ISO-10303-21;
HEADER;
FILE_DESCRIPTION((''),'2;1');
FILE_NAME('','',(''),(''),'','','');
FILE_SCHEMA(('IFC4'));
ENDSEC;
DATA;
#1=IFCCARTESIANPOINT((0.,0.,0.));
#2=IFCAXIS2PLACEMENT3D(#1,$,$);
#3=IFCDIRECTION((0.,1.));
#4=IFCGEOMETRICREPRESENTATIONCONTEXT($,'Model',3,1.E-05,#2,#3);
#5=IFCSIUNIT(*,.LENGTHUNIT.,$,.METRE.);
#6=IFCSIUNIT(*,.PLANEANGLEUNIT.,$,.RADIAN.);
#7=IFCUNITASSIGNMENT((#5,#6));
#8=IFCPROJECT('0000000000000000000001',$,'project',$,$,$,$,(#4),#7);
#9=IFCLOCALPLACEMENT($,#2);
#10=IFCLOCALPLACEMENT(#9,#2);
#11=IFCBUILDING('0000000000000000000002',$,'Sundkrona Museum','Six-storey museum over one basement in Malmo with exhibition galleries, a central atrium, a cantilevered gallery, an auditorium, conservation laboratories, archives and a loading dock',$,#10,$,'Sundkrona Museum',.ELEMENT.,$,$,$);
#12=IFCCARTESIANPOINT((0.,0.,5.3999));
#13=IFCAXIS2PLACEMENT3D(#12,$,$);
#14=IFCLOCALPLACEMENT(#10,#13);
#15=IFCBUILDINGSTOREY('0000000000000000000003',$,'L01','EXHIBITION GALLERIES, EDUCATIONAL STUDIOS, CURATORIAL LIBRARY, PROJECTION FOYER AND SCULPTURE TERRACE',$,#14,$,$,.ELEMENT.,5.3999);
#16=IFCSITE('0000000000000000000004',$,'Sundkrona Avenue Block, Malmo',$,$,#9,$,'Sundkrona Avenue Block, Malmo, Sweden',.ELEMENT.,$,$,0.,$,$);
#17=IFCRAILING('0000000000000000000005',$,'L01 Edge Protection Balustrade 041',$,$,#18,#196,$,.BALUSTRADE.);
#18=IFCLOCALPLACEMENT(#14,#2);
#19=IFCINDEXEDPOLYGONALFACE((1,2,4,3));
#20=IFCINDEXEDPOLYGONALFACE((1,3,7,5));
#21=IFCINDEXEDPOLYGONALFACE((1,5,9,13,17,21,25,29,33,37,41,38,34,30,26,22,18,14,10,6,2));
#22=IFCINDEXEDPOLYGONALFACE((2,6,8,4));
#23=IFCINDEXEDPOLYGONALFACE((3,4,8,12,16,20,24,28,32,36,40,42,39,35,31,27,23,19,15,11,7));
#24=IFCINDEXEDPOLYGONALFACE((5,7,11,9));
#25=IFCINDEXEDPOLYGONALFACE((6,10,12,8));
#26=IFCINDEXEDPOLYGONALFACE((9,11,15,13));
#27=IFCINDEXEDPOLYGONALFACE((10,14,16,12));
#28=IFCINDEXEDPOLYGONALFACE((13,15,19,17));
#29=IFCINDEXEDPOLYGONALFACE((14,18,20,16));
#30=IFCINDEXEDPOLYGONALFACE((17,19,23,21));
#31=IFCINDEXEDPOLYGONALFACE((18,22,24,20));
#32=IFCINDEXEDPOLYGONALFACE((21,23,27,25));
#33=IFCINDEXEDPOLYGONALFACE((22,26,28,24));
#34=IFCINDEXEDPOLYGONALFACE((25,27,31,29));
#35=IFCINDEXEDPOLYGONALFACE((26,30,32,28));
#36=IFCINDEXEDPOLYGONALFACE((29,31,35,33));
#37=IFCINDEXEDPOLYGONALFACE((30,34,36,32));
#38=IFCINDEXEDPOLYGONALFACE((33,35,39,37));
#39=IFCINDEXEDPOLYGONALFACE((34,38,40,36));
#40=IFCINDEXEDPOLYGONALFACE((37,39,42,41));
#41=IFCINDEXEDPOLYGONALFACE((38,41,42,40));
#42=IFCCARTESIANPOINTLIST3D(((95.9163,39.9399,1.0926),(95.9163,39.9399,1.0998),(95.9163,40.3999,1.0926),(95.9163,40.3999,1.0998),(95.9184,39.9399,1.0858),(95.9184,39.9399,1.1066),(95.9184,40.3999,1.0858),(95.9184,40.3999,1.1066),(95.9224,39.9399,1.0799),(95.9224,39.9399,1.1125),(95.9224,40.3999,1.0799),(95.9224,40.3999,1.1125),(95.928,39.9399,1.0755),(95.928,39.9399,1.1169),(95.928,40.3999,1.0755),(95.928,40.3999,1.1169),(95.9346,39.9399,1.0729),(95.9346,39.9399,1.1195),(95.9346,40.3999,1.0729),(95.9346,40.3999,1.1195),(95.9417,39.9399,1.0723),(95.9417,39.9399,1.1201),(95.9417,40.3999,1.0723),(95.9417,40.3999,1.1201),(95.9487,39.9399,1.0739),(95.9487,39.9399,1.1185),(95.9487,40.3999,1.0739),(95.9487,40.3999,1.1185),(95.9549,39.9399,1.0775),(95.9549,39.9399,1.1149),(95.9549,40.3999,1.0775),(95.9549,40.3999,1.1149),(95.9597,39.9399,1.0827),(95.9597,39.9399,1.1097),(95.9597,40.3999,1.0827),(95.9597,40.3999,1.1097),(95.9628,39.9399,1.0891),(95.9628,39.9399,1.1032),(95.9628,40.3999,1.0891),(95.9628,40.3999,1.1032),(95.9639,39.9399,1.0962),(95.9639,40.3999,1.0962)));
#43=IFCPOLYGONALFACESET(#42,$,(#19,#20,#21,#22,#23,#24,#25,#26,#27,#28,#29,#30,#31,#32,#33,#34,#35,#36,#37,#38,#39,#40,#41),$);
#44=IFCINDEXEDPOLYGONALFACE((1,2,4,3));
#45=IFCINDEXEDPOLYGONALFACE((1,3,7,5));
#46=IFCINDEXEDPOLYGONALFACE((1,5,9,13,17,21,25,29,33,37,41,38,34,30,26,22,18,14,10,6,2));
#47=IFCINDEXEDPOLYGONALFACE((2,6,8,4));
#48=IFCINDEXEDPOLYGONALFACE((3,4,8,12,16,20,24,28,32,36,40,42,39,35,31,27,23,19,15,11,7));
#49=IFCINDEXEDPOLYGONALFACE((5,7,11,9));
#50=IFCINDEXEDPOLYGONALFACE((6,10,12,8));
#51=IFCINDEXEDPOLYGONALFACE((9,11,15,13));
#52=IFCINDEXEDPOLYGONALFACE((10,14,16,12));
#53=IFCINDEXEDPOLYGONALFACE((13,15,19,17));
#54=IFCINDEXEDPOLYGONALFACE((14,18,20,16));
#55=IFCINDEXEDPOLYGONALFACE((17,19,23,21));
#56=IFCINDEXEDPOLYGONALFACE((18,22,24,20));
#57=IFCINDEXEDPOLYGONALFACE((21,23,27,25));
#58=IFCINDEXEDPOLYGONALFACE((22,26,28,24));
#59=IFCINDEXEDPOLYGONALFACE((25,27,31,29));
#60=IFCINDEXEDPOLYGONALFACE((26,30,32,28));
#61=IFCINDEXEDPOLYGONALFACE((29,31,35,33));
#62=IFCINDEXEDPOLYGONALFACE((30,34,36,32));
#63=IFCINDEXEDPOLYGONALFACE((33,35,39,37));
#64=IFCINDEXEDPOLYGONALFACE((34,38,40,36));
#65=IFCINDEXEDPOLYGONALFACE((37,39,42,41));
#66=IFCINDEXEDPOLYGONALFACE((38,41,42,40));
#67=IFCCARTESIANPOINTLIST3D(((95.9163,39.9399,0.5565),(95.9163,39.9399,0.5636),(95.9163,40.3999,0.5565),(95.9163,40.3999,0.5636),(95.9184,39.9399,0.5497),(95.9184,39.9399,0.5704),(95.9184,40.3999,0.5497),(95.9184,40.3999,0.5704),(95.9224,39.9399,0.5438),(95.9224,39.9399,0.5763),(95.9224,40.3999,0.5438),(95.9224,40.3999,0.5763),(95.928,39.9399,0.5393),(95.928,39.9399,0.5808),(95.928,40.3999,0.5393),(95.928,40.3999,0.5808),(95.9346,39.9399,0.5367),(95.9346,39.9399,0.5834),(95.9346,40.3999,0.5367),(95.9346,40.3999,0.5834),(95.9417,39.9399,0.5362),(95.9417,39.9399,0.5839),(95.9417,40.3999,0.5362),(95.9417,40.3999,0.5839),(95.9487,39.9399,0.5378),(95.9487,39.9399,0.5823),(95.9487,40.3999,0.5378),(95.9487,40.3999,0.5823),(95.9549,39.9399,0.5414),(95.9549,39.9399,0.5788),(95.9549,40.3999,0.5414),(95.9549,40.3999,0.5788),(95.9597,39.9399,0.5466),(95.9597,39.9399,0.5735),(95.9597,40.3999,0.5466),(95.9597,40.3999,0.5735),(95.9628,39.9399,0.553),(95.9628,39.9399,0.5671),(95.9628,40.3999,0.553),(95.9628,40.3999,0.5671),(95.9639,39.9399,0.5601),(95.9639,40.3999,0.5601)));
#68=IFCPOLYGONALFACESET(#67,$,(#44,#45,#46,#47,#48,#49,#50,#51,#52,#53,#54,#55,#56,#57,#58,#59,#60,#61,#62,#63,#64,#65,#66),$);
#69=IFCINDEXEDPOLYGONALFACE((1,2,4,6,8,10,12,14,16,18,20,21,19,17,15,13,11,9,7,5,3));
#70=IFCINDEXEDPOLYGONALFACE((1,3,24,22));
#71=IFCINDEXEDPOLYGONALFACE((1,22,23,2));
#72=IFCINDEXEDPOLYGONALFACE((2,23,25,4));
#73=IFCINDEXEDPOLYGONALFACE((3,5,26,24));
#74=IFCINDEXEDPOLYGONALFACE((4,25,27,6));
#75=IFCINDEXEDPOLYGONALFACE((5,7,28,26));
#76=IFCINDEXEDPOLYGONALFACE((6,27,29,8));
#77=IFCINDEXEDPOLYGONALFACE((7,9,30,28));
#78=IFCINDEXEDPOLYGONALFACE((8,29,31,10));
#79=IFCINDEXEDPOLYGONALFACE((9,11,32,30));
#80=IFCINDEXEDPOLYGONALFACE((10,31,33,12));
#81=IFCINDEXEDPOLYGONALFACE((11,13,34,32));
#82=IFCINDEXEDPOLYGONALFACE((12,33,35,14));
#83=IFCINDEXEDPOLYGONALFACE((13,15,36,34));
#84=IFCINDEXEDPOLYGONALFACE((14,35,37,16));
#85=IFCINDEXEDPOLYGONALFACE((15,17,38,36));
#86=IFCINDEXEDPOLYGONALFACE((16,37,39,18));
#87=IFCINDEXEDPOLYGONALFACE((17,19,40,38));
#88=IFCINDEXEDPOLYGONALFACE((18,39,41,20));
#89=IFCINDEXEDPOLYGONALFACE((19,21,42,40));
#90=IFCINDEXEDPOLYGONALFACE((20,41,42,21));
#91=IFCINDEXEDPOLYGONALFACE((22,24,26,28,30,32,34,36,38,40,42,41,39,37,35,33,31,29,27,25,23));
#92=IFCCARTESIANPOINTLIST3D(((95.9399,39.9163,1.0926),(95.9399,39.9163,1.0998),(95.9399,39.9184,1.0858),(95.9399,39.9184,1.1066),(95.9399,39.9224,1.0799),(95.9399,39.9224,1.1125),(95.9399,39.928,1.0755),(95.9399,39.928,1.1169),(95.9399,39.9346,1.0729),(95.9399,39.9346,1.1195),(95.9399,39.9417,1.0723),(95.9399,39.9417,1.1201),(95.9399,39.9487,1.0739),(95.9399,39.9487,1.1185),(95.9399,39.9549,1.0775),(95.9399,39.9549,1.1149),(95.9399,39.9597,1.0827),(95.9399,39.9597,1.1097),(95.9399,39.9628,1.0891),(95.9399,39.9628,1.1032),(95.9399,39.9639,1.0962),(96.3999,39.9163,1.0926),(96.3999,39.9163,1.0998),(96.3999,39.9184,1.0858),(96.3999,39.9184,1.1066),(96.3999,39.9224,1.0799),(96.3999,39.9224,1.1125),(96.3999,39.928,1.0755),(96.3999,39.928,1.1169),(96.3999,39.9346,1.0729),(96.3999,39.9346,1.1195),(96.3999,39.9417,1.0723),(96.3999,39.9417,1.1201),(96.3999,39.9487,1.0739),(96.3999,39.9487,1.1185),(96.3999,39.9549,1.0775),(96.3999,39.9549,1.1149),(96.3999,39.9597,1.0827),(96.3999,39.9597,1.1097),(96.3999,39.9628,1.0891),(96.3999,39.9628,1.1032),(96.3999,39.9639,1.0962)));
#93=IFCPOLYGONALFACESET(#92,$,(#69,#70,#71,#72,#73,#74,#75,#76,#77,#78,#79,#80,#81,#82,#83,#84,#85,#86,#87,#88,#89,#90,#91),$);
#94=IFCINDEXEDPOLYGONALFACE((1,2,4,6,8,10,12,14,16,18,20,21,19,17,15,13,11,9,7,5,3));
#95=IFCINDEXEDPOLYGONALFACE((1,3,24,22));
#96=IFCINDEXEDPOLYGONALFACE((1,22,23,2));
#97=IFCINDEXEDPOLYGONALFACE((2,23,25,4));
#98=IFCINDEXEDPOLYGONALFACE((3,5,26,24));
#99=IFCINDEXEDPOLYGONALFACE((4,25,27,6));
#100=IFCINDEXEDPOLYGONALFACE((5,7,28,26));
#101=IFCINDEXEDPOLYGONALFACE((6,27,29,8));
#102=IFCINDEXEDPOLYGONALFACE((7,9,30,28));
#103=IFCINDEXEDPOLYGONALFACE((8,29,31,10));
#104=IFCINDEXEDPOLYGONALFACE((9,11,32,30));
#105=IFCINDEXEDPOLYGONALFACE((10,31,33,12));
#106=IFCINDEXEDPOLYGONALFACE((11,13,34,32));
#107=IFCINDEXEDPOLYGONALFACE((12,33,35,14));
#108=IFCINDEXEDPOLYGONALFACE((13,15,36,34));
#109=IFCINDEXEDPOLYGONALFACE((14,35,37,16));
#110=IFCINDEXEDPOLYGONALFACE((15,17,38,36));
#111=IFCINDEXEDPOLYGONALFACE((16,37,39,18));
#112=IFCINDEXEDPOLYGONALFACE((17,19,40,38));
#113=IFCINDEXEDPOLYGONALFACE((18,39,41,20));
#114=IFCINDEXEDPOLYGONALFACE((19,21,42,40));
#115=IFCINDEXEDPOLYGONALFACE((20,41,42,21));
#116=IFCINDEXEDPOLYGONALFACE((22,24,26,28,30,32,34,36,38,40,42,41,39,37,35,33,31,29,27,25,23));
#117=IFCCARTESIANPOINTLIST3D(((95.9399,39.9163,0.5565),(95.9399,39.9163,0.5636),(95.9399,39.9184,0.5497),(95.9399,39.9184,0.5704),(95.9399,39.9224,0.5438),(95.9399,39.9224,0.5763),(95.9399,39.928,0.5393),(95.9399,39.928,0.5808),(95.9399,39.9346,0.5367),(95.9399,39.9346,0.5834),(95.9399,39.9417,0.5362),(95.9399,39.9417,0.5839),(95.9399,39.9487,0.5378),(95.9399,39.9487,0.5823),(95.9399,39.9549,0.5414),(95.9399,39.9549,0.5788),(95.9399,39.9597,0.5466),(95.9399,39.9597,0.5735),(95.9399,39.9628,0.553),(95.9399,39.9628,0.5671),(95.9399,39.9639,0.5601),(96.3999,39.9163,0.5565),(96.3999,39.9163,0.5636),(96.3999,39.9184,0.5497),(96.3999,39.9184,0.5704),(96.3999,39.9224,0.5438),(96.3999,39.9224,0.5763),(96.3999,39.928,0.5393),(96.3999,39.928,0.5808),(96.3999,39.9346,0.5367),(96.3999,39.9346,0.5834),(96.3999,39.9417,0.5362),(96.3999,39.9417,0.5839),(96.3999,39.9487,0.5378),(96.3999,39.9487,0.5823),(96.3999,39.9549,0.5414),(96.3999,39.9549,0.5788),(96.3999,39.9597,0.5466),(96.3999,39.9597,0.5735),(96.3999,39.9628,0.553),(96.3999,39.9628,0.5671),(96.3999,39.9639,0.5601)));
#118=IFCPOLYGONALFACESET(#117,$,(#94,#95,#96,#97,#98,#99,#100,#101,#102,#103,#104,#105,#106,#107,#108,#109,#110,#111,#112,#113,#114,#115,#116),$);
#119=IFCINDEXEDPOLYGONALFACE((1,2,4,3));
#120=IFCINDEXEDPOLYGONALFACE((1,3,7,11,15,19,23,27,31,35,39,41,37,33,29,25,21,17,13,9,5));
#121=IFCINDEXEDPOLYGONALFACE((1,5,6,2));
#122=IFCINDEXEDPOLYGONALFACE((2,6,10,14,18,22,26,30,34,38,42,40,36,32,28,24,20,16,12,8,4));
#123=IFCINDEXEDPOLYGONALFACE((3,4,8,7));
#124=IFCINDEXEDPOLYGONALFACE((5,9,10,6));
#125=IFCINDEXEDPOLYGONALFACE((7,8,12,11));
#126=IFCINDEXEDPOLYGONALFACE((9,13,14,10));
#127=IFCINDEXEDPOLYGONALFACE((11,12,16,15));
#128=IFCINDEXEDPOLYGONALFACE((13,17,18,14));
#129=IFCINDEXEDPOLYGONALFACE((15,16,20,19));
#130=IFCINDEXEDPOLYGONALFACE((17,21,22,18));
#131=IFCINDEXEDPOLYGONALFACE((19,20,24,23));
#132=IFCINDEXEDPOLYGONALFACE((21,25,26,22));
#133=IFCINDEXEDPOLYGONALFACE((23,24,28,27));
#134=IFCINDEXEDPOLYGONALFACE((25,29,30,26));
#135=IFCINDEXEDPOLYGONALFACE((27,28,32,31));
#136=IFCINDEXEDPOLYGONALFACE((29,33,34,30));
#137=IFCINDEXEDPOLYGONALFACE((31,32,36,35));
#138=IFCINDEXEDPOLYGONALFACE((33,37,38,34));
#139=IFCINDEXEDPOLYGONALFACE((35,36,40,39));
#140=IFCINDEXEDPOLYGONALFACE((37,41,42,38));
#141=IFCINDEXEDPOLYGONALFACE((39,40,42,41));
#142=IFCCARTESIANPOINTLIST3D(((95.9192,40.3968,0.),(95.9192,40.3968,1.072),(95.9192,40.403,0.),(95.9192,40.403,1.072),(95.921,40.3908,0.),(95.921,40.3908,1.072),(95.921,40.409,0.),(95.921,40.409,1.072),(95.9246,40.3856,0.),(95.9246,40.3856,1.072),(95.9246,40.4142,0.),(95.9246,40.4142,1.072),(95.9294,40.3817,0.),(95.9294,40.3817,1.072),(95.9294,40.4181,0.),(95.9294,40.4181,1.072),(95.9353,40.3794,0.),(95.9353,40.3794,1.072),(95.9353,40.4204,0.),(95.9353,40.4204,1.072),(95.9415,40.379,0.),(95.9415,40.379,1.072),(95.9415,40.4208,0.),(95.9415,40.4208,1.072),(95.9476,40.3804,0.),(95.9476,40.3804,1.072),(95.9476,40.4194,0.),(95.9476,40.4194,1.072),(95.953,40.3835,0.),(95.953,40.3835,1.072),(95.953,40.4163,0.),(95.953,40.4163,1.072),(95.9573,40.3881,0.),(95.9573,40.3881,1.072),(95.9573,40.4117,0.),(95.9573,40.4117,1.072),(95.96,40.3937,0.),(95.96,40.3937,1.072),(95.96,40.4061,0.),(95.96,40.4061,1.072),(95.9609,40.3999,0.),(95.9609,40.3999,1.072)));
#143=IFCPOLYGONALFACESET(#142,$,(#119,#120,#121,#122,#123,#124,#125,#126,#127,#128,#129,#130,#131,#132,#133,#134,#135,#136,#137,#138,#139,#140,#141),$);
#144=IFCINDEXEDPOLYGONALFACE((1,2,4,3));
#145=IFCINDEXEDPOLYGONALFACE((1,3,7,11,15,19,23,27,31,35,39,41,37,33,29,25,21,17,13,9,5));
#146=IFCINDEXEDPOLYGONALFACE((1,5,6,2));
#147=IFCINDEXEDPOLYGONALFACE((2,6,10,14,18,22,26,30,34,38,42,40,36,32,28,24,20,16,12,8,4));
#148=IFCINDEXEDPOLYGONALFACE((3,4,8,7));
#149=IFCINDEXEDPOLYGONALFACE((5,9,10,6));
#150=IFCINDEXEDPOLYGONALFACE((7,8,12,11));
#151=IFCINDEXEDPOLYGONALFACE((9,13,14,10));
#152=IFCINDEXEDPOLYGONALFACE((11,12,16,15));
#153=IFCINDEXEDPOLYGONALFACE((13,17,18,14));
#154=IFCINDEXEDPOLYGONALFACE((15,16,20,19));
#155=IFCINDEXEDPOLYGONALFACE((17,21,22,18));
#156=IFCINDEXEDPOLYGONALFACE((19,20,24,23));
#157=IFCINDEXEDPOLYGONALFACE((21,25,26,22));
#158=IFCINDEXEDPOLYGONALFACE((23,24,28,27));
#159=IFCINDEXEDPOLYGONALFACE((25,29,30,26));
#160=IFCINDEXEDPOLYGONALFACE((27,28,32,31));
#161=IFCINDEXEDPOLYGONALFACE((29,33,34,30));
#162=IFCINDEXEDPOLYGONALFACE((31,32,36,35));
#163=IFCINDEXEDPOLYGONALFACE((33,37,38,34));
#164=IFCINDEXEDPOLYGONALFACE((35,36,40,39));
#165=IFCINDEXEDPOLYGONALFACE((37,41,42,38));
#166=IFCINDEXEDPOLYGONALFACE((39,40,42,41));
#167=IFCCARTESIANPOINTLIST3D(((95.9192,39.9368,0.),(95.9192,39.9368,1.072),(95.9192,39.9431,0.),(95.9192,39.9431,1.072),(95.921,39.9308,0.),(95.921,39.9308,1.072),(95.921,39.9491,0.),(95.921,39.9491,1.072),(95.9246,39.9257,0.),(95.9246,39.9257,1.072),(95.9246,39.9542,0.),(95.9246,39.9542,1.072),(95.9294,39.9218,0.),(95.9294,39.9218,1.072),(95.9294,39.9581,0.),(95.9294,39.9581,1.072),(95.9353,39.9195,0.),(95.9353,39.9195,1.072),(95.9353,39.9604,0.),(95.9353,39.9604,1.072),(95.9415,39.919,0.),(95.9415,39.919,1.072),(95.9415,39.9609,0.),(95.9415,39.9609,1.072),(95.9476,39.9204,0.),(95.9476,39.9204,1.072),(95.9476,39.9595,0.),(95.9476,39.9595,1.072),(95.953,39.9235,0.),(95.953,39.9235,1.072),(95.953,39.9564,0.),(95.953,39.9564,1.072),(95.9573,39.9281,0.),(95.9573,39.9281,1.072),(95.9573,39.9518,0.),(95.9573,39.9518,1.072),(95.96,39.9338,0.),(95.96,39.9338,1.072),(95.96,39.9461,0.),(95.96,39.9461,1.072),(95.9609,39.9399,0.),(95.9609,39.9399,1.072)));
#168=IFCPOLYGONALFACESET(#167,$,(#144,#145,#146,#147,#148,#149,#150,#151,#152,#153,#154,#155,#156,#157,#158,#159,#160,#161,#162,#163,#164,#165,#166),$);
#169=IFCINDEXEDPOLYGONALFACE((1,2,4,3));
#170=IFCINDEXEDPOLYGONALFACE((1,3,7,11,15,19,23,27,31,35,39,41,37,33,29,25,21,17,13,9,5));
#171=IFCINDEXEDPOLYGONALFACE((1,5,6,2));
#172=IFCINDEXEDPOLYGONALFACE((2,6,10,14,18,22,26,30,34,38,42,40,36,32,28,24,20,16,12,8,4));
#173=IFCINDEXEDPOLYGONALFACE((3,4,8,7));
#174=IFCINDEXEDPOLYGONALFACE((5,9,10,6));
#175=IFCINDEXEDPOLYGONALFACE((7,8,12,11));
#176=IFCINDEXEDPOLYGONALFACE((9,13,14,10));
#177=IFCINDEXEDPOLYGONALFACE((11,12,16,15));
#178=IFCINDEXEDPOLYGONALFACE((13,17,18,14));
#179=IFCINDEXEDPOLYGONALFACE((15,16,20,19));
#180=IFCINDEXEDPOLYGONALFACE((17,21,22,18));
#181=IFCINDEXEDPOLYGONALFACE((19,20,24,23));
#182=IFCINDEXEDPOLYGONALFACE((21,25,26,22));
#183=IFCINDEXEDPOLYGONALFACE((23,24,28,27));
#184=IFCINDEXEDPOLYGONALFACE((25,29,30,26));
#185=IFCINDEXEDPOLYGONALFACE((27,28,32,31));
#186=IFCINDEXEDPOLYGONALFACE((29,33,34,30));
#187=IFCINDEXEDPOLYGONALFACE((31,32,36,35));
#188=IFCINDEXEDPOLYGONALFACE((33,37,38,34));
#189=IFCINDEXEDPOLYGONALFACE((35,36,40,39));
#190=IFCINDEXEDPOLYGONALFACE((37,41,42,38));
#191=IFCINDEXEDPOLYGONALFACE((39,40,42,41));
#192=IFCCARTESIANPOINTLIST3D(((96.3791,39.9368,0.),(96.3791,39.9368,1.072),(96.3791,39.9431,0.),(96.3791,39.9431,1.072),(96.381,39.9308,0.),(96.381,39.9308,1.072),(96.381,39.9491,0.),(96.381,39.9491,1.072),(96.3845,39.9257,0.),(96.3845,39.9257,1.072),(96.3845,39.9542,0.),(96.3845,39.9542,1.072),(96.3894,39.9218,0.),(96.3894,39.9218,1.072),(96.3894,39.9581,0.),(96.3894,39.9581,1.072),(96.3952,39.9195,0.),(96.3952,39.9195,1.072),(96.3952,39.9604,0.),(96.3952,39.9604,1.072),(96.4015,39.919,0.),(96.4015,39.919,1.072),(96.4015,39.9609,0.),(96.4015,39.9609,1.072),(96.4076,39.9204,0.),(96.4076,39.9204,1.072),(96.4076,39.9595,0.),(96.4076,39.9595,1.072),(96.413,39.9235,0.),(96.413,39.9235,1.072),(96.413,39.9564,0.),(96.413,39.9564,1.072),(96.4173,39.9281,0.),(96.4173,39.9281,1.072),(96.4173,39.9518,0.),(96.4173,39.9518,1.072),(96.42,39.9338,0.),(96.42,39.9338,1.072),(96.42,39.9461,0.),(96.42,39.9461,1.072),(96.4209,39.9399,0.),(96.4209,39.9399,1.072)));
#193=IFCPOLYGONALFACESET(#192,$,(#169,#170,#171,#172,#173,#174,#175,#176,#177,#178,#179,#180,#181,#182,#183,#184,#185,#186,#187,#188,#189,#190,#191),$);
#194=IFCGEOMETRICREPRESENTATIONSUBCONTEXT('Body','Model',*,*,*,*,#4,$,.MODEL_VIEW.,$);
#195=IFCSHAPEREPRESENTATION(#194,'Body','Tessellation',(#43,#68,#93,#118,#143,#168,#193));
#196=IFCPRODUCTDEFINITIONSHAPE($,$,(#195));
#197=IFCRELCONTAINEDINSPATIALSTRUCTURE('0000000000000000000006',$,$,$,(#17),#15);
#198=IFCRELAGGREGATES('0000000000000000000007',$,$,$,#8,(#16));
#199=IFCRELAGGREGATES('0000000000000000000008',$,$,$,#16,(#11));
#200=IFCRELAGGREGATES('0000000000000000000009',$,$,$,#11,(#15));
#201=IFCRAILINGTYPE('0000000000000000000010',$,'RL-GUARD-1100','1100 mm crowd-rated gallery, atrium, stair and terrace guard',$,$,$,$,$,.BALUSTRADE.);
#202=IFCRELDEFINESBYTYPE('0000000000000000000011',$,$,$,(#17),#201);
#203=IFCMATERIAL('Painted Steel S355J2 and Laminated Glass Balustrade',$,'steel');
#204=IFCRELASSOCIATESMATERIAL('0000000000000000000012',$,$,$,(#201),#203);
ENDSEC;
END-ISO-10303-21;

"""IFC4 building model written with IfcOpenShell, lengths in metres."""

from ifc_helpers import new_model, si_unit, direction, frame, origin, origin_2d, place, context, subcontext, project, spatial, circle, extrude, material, type_object, element, save


model = new_model("IFC4")

# Units and contexts
model_context = context("Model", 3, precision=1e-05, world=origin(), true_north=direction((0.0, 1.0)))
body_context = subcontext(model_context, "Body", "Model", "MODEL_VIEW")
ifc_project = project(units=[si_unit("LENGTHUNIT", "METRE"), si_unit("PLANEANGLEUNIT", "RADIAN")], contexts=[model_context])

# Site, building, storey
site_placement = place(None, origin())
site = spatial("IfcSite", under=ifc_project, at=site_placement, Name="Sundkrona Avenue Block, Malmo", LongName="Sundkrona Avenue Block, Malmo, Sweden", CompositionType="ELEMENT", RefElevation=0.0)
building_placement = place(site_placement, origin())
building = spatial("IfcBuilding", under=site, at=building_placement, Name="Sundkrona Museum", Description="Six-storey museum over one basement in Malmo with exhibition galleries, a central atrium, a cantilevered gallery, an auditorium, conservation laboratories, archives and a loading dock", LongName="Sundkrona Museum", CompositionType="ELEMENT")
storey_placement = place(building_placement, frame((0.0, 0.0, 5.3999)))
storey = spatial("IfcBuildingStorey", under=building, at=storey_placement, Name="L01", Description="EXHIBITION GALLERIES, EDUCATIONAL STUDIOS, CURATORIAL LIBRARY, PROJECTION FOYER AND SCULPTURE TERRACE", CompositionType="ELEMENT", Elevation=5.3999)

# Railing
ifc_material_1 = material(Name="Painted Steel S355J2 and Laminated Glass Balustrade", Category="steel")
railing_type = type_object("IfcRailingType", Name="RL-GUARD-1100", Description="1100 mm crowd-rated gallery, atrium, stair and terrace guard", PredefinedType="BALUSTRADE", material=ifc_material_1)
railing_1_placement = place(storey_placement, frame((95.9399, 40.3999, 0.0)))
element("IfcRailing", 1, at=railing_1_placement, inside=storey, type_object=railing_type, Name="L01 Edge Protection Balustrade 041", PredefinedType="BALUSTRADE", context=body_context, shape_type="SweptSolid", body=[
    extrude(circle(Radius=0.0239, at=origin_2d()), frame((0.0, 0.0, 1.0962), z_axis=(0.0, -1.0, 0.0), x_axis=(1.0, 0.0, 0.0)), (0.0, 0.0, 1.0), 0.46),
    extrude(circle(Radius=0.0239, at=origin_2d()), frame((0.0, 0.0, 0.5601), z_axis=(0.0, -1.0, 0.0), x_axis=(1.0, 0.0, 0.0)), (0.0, 0.0, 1.0), 0.46),
    extrude(circle(Radius=0.0239, at=origin_2d()), frame((0.0, -0.46, 1.0962), z_axis=(1.0, 0.0, 0.0), x_axis=(0.0, 1.0, 0.0)), (0.0, 0.0, 1.0), 0.46),
    extrude(circle(Radius=0.0239, at=origin_2d()), frame((0.0, -0.46, 0.5601), z_axis=(1.0, 0.0, 0.0), x_axis=(0.0, 1.0, 0.0)), (0.0, 0.0, 1.0), 0.46),
    extrude(circle(Radius=0.021, at=origin_2d()), origin(), (0.0, 0.0, 1.0), 1.072),
    extrude(circle(Radius=0.021, at=origin_2d()), frame((0.0, -0.46, 0.0)), (0.0, 0.0, 1.0), 1.072),
    extrude(circle(Radius=0.021, at=origin_2d()), frame((0.46, -0.46, 0.0)), (0.0, 0.0, 1.0), 1.072),
])

save(model, "model.ifc")
